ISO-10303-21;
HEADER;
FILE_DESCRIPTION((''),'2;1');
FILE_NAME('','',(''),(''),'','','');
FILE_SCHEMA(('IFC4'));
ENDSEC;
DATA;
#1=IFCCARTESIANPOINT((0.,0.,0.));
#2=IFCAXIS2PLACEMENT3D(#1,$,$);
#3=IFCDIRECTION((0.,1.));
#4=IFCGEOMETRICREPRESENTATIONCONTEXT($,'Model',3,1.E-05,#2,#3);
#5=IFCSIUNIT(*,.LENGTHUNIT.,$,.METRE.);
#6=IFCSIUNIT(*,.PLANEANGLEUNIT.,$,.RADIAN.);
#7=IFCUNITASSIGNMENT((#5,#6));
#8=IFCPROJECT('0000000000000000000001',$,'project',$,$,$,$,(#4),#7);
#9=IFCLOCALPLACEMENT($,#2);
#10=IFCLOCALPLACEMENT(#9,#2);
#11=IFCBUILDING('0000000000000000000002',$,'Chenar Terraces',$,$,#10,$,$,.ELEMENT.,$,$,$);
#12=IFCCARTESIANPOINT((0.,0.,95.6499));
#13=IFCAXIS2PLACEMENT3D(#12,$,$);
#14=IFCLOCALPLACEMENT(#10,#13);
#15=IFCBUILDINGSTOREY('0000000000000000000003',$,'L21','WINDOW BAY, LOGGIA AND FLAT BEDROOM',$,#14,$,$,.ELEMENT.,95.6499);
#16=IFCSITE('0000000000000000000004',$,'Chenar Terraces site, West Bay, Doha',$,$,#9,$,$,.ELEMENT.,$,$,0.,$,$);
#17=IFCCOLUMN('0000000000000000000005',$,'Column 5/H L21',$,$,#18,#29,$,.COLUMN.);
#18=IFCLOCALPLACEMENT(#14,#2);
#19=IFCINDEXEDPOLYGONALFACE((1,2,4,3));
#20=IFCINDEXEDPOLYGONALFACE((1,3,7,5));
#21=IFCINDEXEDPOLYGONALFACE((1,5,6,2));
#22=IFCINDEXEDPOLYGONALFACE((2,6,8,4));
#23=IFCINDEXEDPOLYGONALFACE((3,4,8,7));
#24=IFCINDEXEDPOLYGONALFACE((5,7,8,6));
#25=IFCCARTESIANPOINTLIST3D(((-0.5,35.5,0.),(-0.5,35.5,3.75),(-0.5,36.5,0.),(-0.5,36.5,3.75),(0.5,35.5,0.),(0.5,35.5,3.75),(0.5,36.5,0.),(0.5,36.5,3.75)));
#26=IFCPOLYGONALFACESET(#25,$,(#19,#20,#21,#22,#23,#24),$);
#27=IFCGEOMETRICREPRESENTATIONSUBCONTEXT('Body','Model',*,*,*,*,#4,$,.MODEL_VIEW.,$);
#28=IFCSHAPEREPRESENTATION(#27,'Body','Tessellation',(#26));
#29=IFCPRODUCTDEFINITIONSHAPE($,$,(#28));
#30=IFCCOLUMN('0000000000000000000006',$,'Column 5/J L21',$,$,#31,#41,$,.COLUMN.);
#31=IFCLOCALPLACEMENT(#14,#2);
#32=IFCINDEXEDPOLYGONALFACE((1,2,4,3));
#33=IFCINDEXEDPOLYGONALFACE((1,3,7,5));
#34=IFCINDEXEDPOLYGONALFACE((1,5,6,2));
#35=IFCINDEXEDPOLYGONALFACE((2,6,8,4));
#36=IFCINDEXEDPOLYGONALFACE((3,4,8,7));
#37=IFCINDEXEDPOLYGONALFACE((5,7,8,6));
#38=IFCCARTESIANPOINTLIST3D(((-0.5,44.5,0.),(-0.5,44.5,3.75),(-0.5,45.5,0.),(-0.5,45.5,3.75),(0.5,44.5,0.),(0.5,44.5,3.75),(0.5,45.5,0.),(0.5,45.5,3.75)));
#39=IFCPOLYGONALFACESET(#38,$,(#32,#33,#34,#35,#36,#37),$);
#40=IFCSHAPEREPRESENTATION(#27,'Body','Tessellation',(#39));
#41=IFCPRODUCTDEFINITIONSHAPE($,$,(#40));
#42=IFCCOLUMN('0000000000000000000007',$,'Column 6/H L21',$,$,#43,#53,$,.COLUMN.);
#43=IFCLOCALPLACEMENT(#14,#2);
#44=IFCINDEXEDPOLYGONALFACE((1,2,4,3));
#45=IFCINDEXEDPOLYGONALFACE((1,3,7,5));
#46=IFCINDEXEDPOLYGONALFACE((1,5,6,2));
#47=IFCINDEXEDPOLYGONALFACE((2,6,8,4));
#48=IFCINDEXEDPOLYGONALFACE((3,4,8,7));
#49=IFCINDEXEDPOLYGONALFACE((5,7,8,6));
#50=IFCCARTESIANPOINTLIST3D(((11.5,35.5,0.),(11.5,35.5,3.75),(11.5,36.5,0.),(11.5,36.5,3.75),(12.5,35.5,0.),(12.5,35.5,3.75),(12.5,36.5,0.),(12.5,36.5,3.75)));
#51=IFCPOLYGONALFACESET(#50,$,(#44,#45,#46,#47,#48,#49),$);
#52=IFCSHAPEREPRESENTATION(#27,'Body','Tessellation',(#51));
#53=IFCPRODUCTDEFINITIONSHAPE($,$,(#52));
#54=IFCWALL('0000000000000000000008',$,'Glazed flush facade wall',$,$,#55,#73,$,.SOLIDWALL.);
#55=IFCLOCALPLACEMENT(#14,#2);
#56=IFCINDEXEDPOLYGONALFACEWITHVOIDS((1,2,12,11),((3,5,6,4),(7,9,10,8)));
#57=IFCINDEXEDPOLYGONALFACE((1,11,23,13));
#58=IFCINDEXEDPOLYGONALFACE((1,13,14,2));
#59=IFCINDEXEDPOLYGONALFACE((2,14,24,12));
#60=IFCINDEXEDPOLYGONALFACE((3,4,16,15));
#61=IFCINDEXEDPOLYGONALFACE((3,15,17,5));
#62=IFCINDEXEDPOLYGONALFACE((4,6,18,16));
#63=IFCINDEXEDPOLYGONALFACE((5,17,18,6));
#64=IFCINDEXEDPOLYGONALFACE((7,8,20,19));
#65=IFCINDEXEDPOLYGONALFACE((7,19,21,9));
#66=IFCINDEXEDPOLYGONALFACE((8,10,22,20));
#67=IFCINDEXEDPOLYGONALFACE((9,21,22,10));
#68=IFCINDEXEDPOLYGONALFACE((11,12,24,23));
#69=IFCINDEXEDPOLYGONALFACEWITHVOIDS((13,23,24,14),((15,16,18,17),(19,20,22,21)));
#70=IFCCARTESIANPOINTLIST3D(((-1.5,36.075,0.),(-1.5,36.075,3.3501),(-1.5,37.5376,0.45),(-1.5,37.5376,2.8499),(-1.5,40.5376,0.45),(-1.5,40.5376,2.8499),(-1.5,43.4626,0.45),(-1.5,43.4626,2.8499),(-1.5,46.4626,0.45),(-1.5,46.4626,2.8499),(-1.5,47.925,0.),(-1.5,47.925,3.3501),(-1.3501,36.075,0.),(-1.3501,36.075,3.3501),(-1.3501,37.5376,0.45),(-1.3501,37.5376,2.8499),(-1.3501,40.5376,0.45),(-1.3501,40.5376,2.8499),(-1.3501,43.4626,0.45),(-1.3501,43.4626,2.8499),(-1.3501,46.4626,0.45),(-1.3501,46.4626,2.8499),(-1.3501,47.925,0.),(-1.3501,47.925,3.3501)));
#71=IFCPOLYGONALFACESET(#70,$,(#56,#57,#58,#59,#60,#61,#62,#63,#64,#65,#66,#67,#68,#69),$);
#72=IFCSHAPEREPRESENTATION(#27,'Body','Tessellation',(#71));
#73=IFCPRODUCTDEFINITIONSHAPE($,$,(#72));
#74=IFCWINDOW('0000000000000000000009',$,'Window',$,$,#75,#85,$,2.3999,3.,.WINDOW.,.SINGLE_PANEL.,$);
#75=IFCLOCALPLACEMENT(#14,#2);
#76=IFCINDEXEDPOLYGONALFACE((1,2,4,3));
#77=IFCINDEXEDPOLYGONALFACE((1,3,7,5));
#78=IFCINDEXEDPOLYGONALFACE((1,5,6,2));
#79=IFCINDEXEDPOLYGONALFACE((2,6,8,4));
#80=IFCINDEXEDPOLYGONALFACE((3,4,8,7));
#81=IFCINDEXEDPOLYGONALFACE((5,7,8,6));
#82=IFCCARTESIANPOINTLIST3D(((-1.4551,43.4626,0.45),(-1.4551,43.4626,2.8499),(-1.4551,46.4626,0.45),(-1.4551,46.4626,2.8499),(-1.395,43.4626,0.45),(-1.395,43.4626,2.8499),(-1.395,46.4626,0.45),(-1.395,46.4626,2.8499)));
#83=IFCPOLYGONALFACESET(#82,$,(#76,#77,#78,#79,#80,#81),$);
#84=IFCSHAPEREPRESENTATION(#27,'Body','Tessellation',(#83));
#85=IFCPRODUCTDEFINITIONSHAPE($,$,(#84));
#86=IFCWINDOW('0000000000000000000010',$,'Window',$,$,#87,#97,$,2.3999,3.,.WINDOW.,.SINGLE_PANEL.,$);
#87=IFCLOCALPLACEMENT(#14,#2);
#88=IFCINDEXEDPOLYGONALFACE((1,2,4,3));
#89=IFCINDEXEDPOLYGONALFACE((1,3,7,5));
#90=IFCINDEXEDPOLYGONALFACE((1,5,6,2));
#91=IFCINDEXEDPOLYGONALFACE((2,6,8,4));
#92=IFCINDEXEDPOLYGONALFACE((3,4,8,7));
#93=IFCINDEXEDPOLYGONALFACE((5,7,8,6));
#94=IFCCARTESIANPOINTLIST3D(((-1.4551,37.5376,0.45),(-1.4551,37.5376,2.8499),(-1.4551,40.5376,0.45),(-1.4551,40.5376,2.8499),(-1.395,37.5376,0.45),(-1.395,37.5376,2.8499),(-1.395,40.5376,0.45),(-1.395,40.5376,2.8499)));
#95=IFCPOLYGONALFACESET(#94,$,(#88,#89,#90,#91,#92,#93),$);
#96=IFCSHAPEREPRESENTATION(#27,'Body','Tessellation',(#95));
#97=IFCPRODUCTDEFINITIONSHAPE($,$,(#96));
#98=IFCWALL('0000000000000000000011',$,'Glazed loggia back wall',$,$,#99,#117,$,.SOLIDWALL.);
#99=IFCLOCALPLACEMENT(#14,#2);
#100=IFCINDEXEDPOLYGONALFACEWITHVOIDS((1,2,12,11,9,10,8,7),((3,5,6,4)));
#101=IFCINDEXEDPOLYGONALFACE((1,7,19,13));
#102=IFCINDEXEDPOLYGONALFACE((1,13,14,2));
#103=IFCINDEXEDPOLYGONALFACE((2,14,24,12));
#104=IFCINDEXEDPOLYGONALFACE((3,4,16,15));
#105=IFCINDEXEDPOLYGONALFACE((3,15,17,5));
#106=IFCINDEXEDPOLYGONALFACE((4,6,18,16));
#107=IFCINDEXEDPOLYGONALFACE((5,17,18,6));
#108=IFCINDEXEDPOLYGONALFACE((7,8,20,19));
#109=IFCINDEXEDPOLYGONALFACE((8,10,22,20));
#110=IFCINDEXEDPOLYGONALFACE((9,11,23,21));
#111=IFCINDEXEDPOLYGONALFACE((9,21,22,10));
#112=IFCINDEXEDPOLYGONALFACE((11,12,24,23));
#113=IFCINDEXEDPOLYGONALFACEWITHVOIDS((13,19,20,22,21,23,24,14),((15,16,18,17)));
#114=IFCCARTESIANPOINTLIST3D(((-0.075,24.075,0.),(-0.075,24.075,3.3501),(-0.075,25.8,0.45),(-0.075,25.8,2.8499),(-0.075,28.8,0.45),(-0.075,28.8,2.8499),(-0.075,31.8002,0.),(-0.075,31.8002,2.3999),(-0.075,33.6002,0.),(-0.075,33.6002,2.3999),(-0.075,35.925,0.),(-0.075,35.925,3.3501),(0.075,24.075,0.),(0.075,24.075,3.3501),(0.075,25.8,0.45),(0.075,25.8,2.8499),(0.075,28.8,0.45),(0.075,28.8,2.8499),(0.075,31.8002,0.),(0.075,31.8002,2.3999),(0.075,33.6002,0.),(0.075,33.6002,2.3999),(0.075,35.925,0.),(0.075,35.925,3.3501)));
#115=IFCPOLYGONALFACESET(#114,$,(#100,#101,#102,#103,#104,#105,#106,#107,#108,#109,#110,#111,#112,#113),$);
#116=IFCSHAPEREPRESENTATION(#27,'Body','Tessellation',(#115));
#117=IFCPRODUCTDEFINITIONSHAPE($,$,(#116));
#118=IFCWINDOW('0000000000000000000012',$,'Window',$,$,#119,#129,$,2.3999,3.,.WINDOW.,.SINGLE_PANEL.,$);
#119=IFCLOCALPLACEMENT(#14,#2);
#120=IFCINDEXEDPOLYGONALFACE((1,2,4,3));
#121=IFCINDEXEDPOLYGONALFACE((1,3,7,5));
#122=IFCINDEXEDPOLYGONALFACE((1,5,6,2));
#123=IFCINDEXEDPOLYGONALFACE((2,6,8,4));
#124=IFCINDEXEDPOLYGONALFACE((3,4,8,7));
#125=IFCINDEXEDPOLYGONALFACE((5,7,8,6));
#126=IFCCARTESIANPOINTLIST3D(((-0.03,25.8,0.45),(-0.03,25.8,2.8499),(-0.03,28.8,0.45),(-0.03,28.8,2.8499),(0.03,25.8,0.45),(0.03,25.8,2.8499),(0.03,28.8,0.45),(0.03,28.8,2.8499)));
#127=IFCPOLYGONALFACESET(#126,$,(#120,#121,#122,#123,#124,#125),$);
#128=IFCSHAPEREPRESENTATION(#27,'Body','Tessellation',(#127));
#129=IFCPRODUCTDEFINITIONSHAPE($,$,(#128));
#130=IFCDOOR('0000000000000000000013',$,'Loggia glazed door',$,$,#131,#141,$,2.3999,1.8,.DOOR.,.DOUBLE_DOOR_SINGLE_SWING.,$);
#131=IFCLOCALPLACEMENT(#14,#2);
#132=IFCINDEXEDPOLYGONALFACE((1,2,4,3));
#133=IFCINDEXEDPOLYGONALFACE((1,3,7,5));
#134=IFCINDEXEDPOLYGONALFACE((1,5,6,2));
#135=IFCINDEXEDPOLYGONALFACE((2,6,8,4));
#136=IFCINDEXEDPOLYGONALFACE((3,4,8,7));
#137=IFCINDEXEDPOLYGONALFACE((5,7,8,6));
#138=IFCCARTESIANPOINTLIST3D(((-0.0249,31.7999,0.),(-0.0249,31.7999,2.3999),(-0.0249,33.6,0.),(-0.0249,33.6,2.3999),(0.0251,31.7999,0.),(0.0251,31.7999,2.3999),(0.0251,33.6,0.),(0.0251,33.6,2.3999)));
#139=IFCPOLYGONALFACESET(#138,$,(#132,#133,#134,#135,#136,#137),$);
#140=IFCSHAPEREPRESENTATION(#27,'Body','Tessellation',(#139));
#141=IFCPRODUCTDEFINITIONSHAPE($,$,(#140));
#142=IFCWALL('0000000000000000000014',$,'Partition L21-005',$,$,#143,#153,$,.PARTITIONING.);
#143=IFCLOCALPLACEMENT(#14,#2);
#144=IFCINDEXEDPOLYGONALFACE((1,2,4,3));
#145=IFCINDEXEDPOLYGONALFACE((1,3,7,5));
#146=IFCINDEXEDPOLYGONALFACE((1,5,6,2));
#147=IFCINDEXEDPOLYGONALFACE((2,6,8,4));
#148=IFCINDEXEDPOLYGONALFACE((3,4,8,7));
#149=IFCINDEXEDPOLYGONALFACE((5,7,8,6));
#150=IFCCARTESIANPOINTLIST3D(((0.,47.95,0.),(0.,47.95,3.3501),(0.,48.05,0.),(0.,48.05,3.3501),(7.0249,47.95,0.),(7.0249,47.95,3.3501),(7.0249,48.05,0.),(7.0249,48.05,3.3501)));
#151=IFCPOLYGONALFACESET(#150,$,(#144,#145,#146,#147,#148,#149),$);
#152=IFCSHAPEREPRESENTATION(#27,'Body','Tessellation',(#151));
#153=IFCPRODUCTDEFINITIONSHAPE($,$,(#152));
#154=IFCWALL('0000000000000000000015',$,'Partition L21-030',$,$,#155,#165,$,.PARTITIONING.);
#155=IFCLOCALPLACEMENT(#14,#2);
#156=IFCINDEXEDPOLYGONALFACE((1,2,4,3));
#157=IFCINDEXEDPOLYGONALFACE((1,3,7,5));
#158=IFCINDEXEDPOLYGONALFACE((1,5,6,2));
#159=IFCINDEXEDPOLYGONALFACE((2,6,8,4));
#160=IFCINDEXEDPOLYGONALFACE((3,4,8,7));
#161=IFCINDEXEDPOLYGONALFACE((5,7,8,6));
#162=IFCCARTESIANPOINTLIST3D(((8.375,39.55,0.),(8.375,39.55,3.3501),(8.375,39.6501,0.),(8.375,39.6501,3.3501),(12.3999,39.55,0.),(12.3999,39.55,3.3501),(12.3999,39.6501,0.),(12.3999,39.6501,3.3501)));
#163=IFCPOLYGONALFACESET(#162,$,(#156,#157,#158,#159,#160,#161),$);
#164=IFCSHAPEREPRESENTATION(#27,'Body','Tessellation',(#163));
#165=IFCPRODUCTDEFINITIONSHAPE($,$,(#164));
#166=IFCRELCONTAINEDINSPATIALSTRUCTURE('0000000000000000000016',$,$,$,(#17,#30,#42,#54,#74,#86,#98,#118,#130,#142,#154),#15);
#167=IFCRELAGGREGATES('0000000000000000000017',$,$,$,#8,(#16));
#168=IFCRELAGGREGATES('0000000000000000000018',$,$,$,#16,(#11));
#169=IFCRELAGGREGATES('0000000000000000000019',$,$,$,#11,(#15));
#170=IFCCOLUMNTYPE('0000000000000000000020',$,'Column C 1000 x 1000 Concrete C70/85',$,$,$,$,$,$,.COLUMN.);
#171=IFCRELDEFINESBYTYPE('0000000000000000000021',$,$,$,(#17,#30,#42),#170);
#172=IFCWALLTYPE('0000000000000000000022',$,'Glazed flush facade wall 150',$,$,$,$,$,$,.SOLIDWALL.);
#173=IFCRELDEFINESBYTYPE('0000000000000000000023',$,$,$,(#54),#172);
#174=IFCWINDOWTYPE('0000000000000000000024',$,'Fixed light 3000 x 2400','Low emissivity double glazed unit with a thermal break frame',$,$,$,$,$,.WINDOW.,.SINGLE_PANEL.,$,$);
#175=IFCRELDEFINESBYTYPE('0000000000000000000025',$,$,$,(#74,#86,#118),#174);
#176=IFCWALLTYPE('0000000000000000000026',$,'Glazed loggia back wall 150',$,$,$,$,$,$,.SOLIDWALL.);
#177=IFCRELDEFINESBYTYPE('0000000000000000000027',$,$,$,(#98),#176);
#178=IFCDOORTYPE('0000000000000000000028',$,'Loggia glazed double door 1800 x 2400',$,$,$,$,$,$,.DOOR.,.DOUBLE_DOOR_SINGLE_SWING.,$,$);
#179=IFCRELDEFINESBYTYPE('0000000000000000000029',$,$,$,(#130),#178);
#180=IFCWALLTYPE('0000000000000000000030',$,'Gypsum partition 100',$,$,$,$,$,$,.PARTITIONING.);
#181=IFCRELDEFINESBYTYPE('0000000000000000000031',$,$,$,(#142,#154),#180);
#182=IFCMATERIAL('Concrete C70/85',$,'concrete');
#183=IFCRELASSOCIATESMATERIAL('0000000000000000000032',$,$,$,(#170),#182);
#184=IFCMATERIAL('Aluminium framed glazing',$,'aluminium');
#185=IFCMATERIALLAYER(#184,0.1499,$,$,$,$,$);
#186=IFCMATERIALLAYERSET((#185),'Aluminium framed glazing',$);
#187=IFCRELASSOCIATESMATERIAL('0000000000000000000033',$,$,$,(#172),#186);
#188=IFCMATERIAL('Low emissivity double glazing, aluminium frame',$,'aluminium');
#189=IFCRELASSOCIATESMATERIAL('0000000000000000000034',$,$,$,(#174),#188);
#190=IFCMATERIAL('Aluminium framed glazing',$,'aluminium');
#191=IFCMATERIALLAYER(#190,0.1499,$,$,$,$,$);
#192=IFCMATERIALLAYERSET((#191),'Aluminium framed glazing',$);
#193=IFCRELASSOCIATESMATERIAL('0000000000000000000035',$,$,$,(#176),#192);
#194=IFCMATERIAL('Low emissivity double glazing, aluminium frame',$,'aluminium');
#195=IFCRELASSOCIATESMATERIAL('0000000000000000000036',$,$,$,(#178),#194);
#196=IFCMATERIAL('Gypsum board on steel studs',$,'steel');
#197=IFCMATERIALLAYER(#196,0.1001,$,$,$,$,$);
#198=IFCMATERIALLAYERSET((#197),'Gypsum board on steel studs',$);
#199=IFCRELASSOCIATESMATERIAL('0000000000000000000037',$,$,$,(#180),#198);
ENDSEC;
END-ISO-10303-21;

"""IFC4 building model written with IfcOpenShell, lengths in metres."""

from ifc_helpers import new_model, si_unit, direction, frame, frame_2d, origin, origin_2d, place, context, subcontext, project, spatial, rectangle, extrude, material, layer, layer_set, material_profile, profile_set, type_object, element, fill, save


model = new_model("IFC4")

# Units and contexts
model_context = context("Model", 3, precision=1e-05, world=origin(), true_north=direction((0.0, 1.0)))
body_context = subcontext(model_context, "Body", "Model", "MODEL_VIEW")
ifc_project = project(units=[si_unit("LENGTHUNIT", "METRE"), si_unit("PLANEANGLEUNIT", "RADIAN")], contexts=[model_context])

# Site, building, storey
site_placement = place(None, origin())
site = spatial("IfcSite", under=ifc_project, at=site_placement, Name="Chenar Terraces site, West Bay, Doha", CompositionType="ELEMENT", RefElevation=0.0)
building_placement = place(site_placement, origin())
building = spatial("IfcBuilding", under=site, at=building_placement, Name="Chenar Terraces", CompositionType="ELEMENT")
storey_placement = place(building_placement, frame((0.0, 0.0, 95.6499)))
storey = spatial("IfcBuildingStorey", under=building, at=storey_placement, Name="L21", Description="WINDOW BAY, LOGGIA AND FLAT BEDROOM", CompositionType="ELEMENT", Elevation=95.6499)

# Columns
ifc_material_1 = material(Name="Concrete C70/85", Category="concrete")
ifc_material_profile = material_profile(ifc_material_1, rectangle(XDim=1.0, YDim=1.0, at=origin_2d()), Name="C 1000 x 1000")
ifc_profile_set = profile_set([ifc_material_profile], Name="Concrete C70/85")
column_type = type_object("IfcColumnType", Name="Column C 1000 x 1000 Concrete C70/85", PredefinedType="COLUMN", material=ifc_profile_set)
placement = place(storey_placement, frame((0.0, 36.0, 0.0), z_axis=(0.0, 0.0, 1.0), x_axis=(1.0, 0.0, 0.0)))
element("IfcColumn", 1, at=placement, inside=storey, type_object=column_type, Name="Column 5/H L21", PredefinedType="COLUMN", context=body_context, shape_type="SweptSolid", body=[
    extrude(rectangle(XDim=1.0, YDim=1.0, at=origin_2d()), origin(), (0.0, 0.0, 1.0), 3.75),
])
for number, where, z_axis, x_axis, name in (
    (2, (0.0, 45.0, 0.0), (0.0, 0.0, 1.0), (1.0, 0.0, 0.0), "Column 5/J L21"),
    (3, (12.0, 36.0, 0.0), (0.0, 0.0, 1.0), (1.0, 0.0, 0.0), "Column 6/H L21"),
):
    element("IfcColumn", number, at=place(storey_placement, frame(where, z_axis=z_axis, x_axis=x_axis)), inside=storey, type_object=column_type, Name=name, PredefinedType="COLUMN", context=body_context, shape_type="SweptSolid", body=[
        extrude(rectangle(XDim=1.0, YDim=1.0, at=origin_2d()), origin(), (0.0, 0.0, 1.0), 3.75),
    ])

# Wall, openings, windows
ifc_material_2 = material(Name="Aluminium framed glazing", Category="aluminium")
ifc_layer_1 = layer(ifc_material_2, 0.1499)
ifc_layer_set_1 = layer_set([ifc_layer_1], Name="Aluminium framed glazing")
wall_type_1 = type_object("IfcWallType", Name="Glazed flush facade wall 150", PredefinedType="SOLIDWALL", material=ifc_layer_set_1)
wall_1_placement = place(storey_placement, frame((-1.425, 47.925, 0.0), z_axis=(0.0, 0.0, 1.0), x_axis=(0.0, -1.0, 0.0)))
wall_1 = element("IfcWall", 4, at=wall_1_placement, inside=storey, type_object=wall_type_1, Name="Glazed flush facade wall", PredefinedType="SOLIDWALL", context=body_context, shape_type="SweptSolid", body=[
    extrude(rectangle(XDim=11.8501, YDim=0.1499, at=frame_2d((5.925, 0.0))), origin(), (0.0, 0.0, 1.0), 3.3501),
])
opening_1_placement = place(wall_1_placement, frame((1.4624, 0.0, 0.45)))
opening_1 = element("IfcOpeningElement", 5, at=opening_1_placement, cuts=wall_1, PredefinedType="OPENING", context=body_context, shape_type="SweptSolid", body=[
    extrude(rectangle(XDim=3.0, YDim=2.3999, at=frame_2d((1.5, 1.2))), frame((0.0, 0.085, 0.0), z_axis=(0.0, -1.0, 0.0), x_axis=(1.0, 0.0, 0.0)), (0.0, 0.0, 1.0), 0.1699),
])
opening_2_placement = place(wall_1_placement, frame((7.3875, 0.0, 0.45)))
opening_2 = element("IfcOpeningElement", 6, at=opening_2_placement, cuts=wall_1, PredefinedType="OPENING", context=body_context, shape_type="SweptSolid", body=[
    extrude(rectangle(XDim=3.0, YDim=2.3999, at=frame_2d((1.5, 1.2))), frame((0.0, 0.085, 0.0), z_axis=(0.0, -1.0, 0.0), x_axis=(1.0, 0.0, 0.0)), (0.0, 0.0, 1.0), 0.1699),
])
ifc_material_3 = material(Name="Low emissivity double glazing, aluminium frame", Category="aluminium")
window_type = type_object("IfcWindowType", Name="Fixed light 3000 x 2400", Description="Low emissivity double glazed unit with a thermal break frame", PartitioningType="SINGLE_PANEL", PredefinedType="WINDOW", material=ifc_material_3)
window_1_placement = place(opening_1_placement, origin())
window_1 = element("IfcWindow", 7, at=window_1_placement, inside=storey, type_object=window_type, Name="Window", OverallHeight=2.3999, OverallWidth=3.0, PartitioningType="SINGLE_PANEL", PredefinedType="WINDOW", context=body_context, shape_type="SweptSolid", body=[
    extrude(rectangle(XDim=3.0, YDim=2.3999, at=frame_2d((1.5, 1.2))), frame((0.0, 0.03, 0.0), z_axis=(0.0, -1.0, 0.0), x_axis=(1.0, 0.0, 0.0)), (0.0, 0.0, 1.0), 0.0601),
])
fill(opening_1, window_1)
window_2_placement = place(opening_2_placement, origin())
window_2 = element("IfcWindow", 8, at=window_2_placement, inside=storey, type_object=window_type, Name="Window", OverallHeight=2.3999, OverallWidth=3.0, PartitioningType="SINGLE_PANEL", PredefinedType="WINDOW", context=body_context, shape_type="SweptSolid", body=[
    extrude(rectangle(XDim=3.0, YDim=2.3999, at=frame_2d((1.5, 1.2))), frame((0.0, 0.03, 0.0), z_axis=(0.0, -1.0, 0.0), x_axis=(1.0, 0.0, 0.0)), (0.0, 0.0, 1.0), 0.0601),
])
fill(opening_2, window_2)

# Wall, openings, window, door
ifc_material_4 = material(Name="Aluminium framed glazing", Category="aluminium")
ifc_layer_2 = layer(ifc_material_4, 0.1499)
ifc_layer_set_2 = layer_set([ifc_layer_2], Name="Aluminium framed glazing")
wall_type_2 = type_object("IfcWallType", Name="Glazed loggia back wall 150", PredefinedType="SOLIDWALL", material=ifc_layer_set_2)
wall_2_placement = place(storey_placement, frame((0.0, 35.925, 0.0), z_axis=(0.0, 0.0, 1.0), x_axis=(0.0, -1.0, 0.0)))
wall_2 = element("IfcWall", 9, at=wall_2_placement, inside=storey, type_object=wall_type_2, Name="Glazed loggia back wall", PredefinedType="SOLIDWALL", context=body_context, shape_type="SweptSolid", body=[
    extrude(rectangle(XDim=11.8501, YDim=0.1499, at=frame_2d((5.925, 0.0))), origin(), (0.0, 0.0, 1.0), 3.3501),
])
opening_3_placement = place(wall_2_placement, frame((2.325, 0.0, 0.0)))
opening_3 = element("IfcOpeningElement", 10, at=opening_3_placement, cuts=wall_2, PredefinedType="OPENING", context=body_context, shape_type="SweptSolid", body=[
    extrude(rectangle(XDim=1.8, YDim=2.3999, at=frame_2d((0.8999, 1.2))), frame((0.0, 0.085, 0.0), z_axis=(0.0, -1.0, 0.0), x_axis=(1.0, 0.0, 0.0)), (0.0, 0.0, 1.0), 0.1699),
])
opening_4_placement = place(wall_2_placement, frame((7.125, 0.0, 0.45)))
opening_4 = element("IfcOpeningElement", 11, at=opening_4_placement, cuts=wall_2, PredefinedType="OPENING", context=body_context, shape_type="SweptSolid", body=[
    extrude(rectangle(XDim=3.0, YDim=2.3999, at=frame_2d((1.5, 1.2))), frame((0.0, 0.085, 0.0), z_axis=(0.0, -1.0, 0.0), x_axis=(1.0, 0.0, 0.0)), (0.0, 0.0, 1.0), 0.1699),
])
window_3_placement = place(opening_4_placement, origin())
window_3 = element("IfcWindow", 12, at=window_3_placement, inside=storey, type_object=window_type, Name="Window", OverallHeight=2.3999, OverallWidth=3.0, PartitioningType="SINGLE_PANEL", PredefinedType="WINDOW", context=body_context, shape_type="SweptSolid", body=[
    extrude(rectangle(XDim=3.0, YDim=2.3999, at=frame_2d((1.5, 1.2))), frame((0.0, 0.03, 0.0), z_axis=(0.0, -1.0, 0.0), x_axis=(1.0, 0.0, 0.0)), (0.0, 0.0, 1.0), 0.0601),
])
fill(opening_4, window_3)
ifc_material_5 = material(Name="Low emissivity double glazing, aluminium frame", Category="aluminium")
door_type_1 = type_object("IfcDoorType", Name="Loggia glazed double door 1800 x 2400", OperationType="DOUBLE_DOOR_SINGLE_SWING", PredefinedType="DOOR", material=ifc_material_5)
door_1_placement = place(opening_3_placement, frame((1.8, 0.0, 0.0), z_axis=(0.0, 0.0, 1.0), x_axis=(-1.0, 0.0, 0.0)))
door_1 = element("IfcDoor", 13, at=door_1_placement, inside=storey, type_object=door_type_1, Name="Loggia glazed door", OperationType="DOUBLE_DOOR_SINGLE_SWING", OverallHeight=2.3999, OverallWidth=1.8, PredefinedType="DOOR", context=body_context, shape_type="SweptSolid", body=[
    extrude(rectangle(XDim=1.8, YDim=2.3999, at=frame_2d((0.8999, 1.2))), frame((0.0, 0.0249, 0.0), z_axis=(0.0, -1.0, 0.0), x_axis=(1.0, 0.0, 0.0)), (0.0, 0.0, 1.0), 0.05),
])
fill(opening_3, door_1)

# Walls
ifc_material_6 = material(Name="Gypsum board on steel studs", Category="steel")
ifc_layer_3 = layer(ifc_material_6, 0.1001)
ifc_layer_set_3 = layer_set([ifc_layer_3], Name="Gypsum board on steel studs")
wall_type_3 = type_object("IfcWallType", Name="Gypsum partition 100", PredefinedType="PARTITIONING", material=ifc_layer_set_3)
wall_3_placement = place(storey_placement, frame((0.0, 48.0, 0.0), z_axis=(0.0, 0.0, 1.0), x_axis=(1.0, 0.0, 0.0)))
element("IfcWall", 14, at=wall_3_placement, inside=storey, type_object=wall_type_3, Name="Partition L21-005", PredefinedType="PARTITIONING", context=body_context, shape_type="SweptSolid", body=[
    extrude(rectangle(XDim=7.0249, YDim=0.1001, at=frame_2d((3.5125, 0.0))), origin(), (0.0, 0.0, 1.0), 3.3501),
])
wall_4_placement = place(storey_placement, frame((8.375, 39.6001, 0.0), z_axis=(0.0, 0.0, 1.0), x_axis=(1.0, 0.0, 0.0)))
element("IfcWall", 15, at=wall_4_placement, inside=storey, type_object=wall_type_3, Name="Partition L21-030", PredefinedType="PARTITIONING", context=body_context, shape_type="SweptSolid", body=[
    extrude(rectangle(XDim=4.0249, YDim=0.1001, at=frame_2d((2.0125, 0.0))), origin(), (0.0, 0.0, 1.0), 3.3501),
])

save(model, "model.ifc")
